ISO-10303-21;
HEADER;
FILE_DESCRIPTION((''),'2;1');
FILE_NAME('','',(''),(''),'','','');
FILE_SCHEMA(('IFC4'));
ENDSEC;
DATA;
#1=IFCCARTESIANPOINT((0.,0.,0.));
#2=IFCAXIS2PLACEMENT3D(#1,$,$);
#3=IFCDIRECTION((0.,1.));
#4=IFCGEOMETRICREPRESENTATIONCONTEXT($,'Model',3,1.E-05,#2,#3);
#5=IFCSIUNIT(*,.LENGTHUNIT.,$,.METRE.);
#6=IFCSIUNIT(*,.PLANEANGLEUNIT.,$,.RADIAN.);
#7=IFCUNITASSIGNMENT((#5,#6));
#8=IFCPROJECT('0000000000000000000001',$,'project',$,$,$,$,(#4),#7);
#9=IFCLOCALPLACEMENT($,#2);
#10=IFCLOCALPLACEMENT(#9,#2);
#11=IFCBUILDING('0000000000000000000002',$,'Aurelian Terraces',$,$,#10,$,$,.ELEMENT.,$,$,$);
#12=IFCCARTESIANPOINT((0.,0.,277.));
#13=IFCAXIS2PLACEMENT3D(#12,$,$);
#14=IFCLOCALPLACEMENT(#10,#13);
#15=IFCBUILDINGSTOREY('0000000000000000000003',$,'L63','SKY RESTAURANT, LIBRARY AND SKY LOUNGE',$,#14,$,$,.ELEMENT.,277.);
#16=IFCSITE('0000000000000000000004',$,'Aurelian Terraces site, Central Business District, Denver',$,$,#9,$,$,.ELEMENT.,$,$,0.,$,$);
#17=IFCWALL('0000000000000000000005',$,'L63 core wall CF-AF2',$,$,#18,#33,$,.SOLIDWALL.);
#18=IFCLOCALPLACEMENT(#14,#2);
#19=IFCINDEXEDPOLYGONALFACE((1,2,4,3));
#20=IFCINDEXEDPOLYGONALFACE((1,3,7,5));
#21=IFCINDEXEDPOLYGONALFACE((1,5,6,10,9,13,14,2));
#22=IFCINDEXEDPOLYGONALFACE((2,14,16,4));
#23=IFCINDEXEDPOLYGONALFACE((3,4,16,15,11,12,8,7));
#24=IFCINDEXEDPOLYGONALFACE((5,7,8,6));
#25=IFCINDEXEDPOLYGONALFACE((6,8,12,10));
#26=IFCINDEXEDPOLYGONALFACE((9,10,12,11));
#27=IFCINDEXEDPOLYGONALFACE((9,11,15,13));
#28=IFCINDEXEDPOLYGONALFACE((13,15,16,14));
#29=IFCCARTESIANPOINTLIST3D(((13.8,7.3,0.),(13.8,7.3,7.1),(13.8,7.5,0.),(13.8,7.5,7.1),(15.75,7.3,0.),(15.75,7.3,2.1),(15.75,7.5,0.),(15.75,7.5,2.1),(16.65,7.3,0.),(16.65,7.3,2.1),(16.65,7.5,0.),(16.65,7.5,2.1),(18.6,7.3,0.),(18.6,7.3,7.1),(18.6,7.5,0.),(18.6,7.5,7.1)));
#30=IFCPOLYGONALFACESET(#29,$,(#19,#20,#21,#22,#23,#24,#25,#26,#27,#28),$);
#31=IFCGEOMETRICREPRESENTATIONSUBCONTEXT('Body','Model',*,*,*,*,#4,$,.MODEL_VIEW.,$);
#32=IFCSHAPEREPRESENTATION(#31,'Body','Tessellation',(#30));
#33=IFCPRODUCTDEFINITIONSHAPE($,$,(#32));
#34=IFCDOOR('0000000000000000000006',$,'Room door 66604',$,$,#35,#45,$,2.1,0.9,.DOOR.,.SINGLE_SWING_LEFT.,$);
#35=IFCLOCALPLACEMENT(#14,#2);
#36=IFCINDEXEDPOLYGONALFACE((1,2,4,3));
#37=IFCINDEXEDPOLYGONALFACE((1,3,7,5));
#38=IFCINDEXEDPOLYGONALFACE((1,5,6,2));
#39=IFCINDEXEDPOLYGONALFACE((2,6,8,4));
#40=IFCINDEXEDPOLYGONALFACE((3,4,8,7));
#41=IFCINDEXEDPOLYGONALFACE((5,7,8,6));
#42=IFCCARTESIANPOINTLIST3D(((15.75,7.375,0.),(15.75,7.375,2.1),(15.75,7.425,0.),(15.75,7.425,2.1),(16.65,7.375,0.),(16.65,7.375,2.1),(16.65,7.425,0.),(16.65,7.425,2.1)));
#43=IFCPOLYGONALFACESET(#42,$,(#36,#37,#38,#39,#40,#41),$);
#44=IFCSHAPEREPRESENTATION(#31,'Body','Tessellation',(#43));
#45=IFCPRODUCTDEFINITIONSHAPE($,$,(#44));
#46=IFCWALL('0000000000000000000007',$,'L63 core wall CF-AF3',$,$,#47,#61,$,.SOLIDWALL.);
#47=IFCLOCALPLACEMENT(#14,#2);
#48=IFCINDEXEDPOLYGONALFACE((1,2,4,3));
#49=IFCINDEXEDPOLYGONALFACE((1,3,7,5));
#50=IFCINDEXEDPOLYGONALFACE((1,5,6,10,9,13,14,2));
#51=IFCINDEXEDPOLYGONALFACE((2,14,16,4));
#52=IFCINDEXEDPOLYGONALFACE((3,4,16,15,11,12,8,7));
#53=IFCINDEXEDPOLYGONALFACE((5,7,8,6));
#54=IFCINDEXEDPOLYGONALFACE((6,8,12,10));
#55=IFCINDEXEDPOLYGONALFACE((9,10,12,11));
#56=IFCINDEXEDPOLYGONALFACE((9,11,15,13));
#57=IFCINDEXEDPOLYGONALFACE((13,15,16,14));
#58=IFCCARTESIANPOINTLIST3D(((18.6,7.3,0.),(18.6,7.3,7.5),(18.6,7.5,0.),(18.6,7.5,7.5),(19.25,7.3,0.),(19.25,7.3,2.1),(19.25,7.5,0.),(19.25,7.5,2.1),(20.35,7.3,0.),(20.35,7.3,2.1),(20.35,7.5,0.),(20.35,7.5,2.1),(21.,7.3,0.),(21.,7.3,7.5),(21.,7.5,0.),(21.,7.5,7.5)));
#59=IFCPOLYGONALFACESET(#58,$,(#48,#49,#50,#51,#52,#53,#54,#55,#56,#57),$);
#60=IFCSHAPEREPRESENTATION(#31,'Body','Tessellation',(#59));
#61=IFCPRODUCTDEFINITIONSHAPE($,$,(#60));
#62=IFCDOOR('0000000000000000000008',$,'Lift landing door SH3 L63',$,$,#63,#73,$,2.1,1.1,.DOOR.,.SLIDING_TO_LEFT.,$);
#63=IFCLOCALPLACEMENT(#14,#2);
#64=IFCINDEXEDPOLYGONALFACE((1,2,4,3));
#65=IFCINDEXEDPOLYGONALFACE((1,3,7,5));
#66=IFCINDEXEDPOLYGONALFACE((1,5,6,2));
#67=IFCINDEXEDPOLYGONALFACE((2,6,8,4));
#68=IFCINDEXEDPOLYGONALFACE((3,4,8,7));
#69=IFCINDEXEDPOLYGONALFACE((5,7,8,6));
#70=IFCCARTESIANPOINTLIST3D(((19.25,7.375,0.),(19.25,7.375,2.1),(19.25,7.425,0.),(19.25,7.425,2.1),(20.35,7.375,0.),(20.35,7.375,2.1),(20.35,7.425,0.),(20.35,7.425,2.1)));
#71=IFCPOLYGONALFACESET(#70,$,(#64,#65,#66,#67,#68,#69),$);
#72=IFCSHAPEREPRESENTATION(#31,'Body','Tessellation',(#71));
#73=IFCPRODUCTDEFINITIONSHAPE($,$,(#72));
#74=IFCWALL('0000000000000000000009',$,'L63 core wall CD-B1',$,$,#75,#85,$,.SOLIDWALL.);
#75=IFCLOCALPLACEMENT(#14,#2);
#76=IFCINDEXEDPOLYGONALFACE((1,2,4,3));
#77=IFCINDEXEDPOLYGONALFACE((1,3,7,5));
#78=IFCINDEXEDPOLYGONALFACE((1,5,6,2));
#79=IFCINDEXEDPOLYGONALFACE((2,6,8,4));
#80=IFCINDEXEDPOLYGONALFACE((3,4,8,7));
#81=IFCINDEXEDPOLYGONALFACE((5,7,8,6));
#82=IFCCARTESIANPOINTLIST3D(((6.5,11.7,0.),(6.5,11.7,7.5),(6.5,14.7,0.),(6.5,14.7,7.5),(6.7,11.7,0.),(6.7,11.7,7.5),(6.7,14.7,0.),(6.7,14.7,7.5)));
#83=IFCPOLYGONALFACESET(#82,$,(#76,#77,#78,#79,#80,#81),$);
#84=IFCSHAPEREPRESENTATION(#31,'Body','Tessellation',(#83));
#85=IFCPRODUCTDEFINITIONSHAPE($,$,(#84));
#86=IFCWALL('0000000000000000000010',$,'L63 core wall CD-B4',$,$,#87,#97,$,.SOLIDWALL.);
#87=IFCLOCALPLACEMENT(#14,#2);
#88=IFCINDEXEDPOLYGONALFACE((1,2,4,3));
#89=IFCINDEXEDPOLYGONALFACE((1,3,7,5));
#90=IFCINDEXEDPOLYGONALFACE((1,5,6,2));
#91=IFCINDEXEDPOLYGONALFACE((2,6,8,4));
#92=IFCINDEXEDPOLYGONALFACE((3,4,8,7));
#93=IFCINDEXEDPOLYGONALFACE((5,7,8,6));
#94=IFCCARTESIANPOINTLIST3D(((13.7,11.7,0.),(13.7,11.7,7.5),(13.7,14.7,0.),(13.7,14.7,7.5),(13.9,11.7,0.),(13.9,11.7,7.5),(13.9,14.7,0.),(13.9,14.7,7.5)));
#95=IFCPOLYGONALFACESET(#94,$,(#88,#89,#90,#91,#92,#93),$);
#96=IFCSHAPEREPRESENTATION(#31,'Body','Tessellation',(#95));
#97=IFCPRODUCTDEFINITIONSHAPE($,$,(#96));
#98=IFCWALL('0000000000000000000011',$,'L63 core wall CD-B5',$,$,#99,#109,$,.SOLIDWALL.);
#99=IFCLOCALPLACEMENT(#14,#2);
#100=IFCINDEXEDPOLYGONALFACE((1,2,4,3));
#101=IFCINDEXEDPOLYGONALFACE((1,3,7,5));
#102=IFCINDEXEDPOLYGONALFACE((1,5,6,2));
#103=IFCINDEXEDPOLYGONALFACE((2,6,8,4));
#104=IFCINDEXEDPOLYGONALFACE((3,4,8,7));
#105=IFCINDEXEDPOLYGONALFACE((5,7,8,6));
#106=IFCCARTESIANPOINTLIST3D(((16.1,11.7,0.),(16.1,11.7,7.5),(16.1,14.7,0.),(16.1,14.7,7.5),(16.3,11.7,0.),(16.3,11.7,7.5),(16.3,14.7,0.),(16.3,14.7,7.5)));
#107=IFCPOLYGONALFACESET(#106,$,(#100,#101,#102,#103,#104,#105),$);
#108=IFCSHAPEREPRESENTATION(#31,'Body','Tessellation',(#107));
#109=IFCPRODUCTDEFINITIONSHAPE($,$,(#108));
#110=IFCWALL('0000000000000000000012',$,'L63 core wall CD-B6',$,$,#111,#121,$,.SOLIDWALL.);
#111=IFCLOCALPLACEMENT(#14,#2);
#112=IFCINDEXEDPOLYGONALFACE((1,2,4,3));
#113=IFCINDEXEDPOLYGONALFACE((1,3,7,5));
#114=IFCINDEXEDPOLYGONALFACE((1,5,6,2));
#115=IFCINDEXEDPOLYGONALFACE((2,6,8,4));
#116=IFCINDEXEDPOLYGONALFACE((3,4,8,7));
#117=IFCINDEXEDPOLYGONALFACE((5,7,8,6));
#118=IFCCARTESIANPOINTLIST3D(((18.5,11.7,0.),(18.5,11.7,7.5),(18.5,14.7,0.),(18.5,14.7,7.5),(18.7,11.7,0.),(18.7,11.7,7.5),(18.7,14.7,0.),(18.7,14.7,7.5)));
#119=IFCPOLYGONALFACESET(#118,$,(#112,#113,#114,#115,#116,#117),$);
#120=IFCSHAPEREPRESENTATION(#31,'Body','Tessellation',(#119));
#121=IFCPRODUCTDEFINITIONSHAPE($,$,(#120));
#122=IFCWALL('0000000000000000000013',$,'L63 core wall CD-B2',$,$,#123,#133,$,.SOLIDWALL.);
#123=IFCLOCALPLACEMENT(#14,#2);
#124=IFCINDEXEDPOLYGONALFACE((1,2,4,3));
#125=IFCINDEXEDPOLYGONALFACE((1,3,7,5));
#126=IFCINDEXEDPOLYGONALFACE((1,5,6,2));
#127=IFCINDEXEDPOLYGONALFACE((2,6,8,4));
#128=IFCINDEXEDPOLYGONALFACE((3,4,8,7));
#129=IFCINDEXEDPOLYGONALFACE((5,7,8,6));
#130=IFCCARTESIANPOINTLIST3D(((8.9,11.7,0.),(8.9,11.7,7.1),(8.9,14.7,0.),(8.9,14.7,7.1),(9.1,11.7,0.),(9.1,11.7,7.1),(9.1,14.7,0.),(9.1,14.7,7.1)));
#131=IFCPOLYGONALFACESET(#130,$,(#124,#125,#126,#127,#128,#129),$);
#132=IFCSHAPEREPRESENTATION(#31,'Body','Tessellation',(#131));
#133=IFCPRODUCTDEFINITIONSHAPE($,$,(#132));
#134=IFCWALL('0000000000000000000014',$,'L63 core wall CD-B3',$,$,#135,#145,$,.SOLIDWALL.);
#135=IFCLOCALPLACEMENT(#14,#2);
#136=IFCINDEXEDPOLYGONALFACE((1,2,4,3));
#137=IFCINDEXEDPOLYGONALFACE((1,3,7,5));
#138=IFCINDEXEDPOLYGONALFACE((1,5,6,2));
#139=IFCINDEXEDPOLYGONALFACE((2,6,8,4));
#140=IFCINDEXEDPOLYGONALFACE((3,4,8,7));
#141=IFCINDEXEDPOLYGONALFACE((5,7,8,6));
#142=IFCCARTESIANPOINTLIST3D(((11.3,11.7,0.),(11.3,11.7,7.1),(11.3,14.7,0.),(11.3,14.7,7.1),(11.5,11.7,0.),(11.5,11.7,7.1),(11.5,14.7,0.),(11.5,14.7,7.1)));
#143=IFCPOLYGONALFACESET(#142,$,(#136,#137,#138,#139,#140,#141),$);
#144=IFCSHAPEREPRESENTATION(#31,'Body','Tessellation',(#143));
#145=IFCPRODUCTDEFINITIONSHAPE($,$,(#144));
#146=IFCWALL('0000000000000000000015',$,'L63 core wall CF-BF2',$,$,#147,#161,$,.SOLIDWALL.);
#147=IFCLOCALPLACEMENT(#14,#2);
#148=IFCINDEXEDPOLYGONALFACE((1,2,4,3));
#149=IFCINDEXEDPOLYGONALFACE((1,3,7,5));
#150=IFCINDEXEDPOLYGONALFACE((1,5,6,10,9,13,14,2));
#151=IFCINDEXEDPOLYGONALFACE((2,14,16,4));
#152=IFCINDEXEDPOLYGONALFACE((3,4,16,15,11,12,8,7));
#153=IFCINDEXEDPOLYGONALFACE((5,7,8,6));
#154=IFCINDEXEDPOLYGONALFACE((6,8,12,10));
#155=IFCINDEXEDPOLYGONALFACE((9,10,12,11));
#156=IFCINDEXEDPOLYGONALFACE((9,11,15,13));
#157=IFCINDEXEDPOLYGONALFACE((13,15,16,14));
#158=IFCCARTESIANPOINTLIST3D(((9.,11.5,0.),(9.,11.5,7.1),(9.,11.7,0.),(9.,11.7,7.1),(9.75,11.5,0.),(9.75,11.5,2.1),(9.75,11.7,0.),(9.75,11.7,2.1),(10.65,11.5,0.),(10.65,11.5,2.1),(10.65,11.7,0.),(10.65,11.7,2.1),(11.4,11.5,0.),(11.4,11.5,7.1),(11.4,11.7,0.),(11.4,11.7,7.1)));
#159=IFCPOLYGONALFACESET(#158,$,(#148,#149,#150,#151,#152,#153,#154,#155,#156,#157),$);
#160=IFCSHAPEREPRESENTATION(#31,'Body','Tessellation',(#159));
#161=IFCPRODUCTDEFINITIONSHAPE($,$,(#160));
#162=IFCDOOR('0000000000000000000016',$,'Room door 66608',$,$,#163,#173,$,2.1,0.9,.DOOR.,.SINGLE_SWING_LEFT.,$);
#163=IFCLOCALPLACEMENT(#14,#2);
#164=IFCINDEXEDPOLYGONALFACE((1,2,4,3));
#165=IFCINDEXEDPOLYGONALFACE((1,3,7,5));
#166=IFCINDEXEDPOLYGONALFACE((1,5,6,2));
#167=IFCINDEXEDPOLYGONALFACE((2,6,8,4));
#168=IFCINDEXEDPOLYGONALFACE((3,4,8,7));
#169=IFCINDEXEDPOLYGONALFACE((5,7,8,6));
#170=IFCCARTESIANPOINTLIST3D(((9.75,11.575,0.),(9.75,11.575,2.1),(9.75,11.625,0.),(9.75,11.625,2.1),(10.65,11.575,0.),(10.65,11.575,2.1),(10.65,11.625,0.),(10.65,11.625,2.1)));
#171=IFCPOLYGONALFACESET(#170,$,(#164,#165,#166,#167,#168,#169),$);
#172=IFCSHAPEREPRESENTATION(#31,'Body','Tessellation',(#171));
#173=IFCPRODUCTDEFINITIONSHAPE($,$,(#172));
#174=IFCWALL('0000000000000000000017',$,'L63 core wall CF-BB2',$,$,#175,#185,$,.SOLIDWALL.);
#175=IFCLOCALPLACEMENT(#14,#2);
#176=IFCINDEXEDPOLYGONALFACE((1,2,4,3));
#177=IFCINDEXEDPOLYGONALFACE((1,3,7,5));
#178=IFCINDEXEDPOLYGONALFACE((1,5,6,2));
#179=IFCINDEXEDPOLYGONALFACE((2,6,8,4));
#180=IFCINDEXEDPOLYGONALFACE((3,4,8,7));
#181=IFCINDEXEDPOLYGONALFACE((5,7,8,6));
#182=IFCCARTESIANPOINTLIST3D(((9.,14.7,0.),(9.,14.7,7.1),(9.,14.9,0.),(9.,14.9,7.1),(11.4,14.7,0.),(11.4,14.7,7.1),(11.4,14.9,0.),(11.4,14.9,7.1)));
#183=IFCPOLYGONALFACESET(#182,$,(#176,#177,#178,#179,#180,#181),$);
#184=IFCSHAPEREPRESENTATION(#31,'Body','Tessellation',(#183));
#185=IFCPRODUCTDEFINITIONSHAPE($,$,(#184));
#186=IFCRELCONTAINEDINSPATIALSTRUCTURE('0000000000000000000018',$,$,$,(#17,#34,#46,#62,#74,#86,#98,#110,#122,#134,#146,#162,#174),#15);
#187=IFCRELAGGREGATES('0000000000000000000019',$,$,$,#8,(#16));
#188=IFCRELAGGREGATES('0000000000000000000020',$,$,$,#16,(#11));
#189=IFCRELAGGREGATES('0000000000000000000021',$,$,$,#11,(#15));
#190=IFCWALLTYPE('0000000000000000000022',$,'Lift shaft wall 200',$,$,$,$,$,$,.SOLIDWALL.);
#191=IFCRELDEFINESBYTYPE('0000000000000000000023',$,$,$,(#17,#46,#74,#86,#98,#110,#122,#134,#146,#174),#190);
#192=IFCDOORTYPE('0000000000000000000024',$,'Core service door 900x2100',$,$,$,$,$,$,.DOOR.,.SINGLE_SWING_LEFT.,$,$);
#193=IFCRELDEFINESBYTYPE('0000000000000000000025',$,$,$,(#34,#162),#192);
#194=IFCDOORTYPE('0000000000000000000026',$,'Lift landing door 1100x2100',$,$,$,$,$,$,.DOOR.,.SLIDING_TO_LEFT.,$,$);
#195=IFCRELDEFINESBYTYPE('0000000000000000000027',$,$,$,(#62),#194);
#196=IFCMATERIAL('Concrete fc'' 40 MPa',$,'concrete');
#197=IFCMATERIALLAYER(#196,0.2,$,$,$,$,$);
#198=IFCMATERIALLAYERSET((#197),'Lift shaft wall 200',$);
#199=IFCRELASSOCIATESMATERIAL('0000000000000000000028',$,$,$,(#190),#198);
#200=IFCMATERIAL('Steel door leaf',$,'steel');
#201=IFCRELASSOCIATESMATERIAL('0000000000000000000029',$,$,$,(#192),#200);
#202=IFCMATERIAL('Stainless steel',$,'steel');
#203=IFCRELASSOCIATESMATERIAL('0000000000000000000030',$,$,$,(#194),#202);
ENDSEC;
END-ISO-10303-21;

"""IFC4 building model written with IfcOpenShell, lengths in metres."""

from ifc_helpers import new_model, si_unit, direction, frame, frame_2d, origin, place, context, subcontext, project, spatial, rectangle, extrude, source, transform, mapped, material, layer, layer_set, type_object, element, fill, save


model = new_model("IFC4")

# Units and contexts
model_context = context("Model", 3, precision=1e-05, world=origin(), true_north=direction((0.0, 1.0)))
body_context = subcontext(model_context, "Body", "Model", "MODEL_VIEW")
ifc_project = project(units=[si_unit("LENGTHUNIT", "METRE"), si_unit("PLANEANGLEUNIT", "RADIAN")], contexts=[model_context])

# Site, building, storey
site_placement = place(None, origin())
site = spatial("IfcSite", under=ifc_project, at=site_placement, Name="Aurelian Terraces site, Central Business District, Denver", CompositionType="ELEMENT", RefElevation=0.0)
building_placement = place(site_placement, origin())
building = spatial("IfcBuilding", under=site, at=building_placement, Name="Aurelian Terraces", CompositionType="ELEMENT")
storey_placement = place(building_placement, frame((0.0, 0.0, 277.0)))
storey = spatial("IfcBuildingStorey", under=building, at=storey_placement, Name="L63", Description="SKY RESTAURANT, LIBRARY AND SKY LOUNGE", CompositionType="ELEMENT", Elevation=277.0)

# Walls, openings, doors
ifc_material_1 = material(Name="Concrete fc' 40 MPa", Category="concrete")
ifc_layer_1 = layer(ifc_material_1, 0.2)
ifc_layer_set_1 = layer_set([ifc_layer_1], Name="Lift shaft wall 200")
wall_type_1 = type_object("IfcWallType", Name="Lift shaft wall 200", PredefinedType="SOLIDWALL", material=ifc_layer_set_1)
wall_1_placement = place(storey_placement, frame((13.8, 7.4, 0.0), z_axis=(0.0, 0.0, 1.0), x_axis=(1.0, 0.0, 0.0)))
wall_1 = element("IfcWall", 1, at=wall_1_placement, inside=storey, type_object=wall_type_1, Name="L63 core wall CF-AF2", PredefinedType="SOLIDWALL", context=body_context, shape_type="SweptSolid", body=[
    extrude(rectangle(XDim=4.8, YDim=0.2, at=frame_2d((2.4, 0.0))), origin(), (0.0, 0.0, 1.0), 7.1),
])
shared_shape_1 = source(origin(), body_context, "Body", "SweptSolid", [
    extrude(rectangle(XDim=0.9, YDim=2.1, at=frame_2d((0.45, 1.05))), frame((0.0, 0.11, 0.0), z_axis=(0.0, -1.0, 0.0), x_axis=(1.0, 0.0, 0.0)), (0.0, 0.0, 1.0), 0.22),
])
opening_1_placement = place(wall_1_placement, frame((1.95, 0.0, 0.0)))
opening_1 = element("IfcOpeningElement", 2, at=opening_1_placement, cuts=wall_1, PredefinedType="OPENING", context=body_context, shape_type="MappedRepresentation", body=[
    mapped(shared_shape_1, transform((0.0, 0.0, 0.0), scale=1.0)),
])
ifc_material_2 = material(Name="Steel door leaf", Category="steel")
door_type_1 = type_object("IfcDoorType", Name="Core service door 900x2100", OperationType="SINGLE_SWING_LEFT", PredefinedType="DOOR", material=ifc_material_2)
shared_shape_2 = source(origin(), body_context, "Body", "SweptSolid", [
    extrude(rectangle(XDim=0.9, YDim=2.1, at=frame_2d((0.45, 1.05))), frame((0.0, 0.025, 0.0), z_axis=(0.0, -1.0, 0.0), x_axis=(1.0, 0.0, 0.0)), (0.0, 0.0, 1.0), 0.05),
])
door_1_placement = place(opening_1_placement, origin())
door_1 = element("IfcDoor", 3, at=door_1_placement, inside=storey, type_object=door_type_1, Name="Room door 66604", OperationType="SINGLE_SWING_LEFT", OverallHeight=2.1, OverallWidth=0.9, PredefinedType="DOOR", context=body_context, shape_type="MappedRepresentation", body=[
    mapped(shared_shape_2, transform((0.0, 0.0, 0.0), scale=1.0)),
])
fill(opening_1, door_1)
wall_2_placement = place(storey_placement, frame((18.6, 7.4, 0.0), z_axis=(0.0, 0.0, 1.0), x_axis=(1.0, 0.0, 0.0)))
wall_2 = element("IfcWall", 4, at=wall_2_placement, inside=storey, type_object=wall_type_1, Name="L63 core wall CF-AF3", PredefinedType="SOLIDWALL", context=body_context, shape_type="SweptSolid", body=[
    extrude(rectangle(XDim=2.4, YDim=0.2, at=frame_2d((1.2, 0.0))), origin(), (0.0, 0.0, 1.0), 7.5),
])
shared_shape_3 = source(origin(), body_context, "Body", "SweptSolid", [
    extrude(rectangle(XDim=1.1, YDim=2.1, at=frame_2d((0.55, 1.05))), frame((0.0, 0.11, 0.0), z_axis=(0.0, -1.0, 0.0), x_axis=(1.0, 0.0, 0.0)), (0.0, 0.0, 1.0), 0.22),
])
opening_2_placement = place(wall_2_placement, frame((0.65, 0.0, 0.0)))
opening_2 = element("IfcOpeningElement", 5, at=opening_2_placement, cuts=wall_2, PredefinedType="OPENING", context=body_context, shape_type="MappedRepresentation", body=[
    mapped(shared_shape_3, transform((0.0, 0.0, 0.0), scale=1.0)),
])
ifc_material_3 = material(Name="Stainless steel", Category="steel")
door_type_2 = type_object("IfcDoorType", Name="Lift landing door 1100x2100", OperationType="SLIDING_TO_LEFT", PredefinedType="DOOR", material=ifc_material_3)
shared_shape_4 = source(origin(), body_context, "Body", "SweptSolid", [
    extrude(rectangle(XDim=1.1, YDim=2.1, at=frame_2d((0.55, 1.05))), frame((0.0, 0.025, 0.0), z_axis=(0.0, -1.0, 0.0), x_axis=(1.0, 0.0, 0.0)), (0.0, 0.0, 1.0), 0.05),
])
door_2_placement = place(opening_2_placement, origin())
door_2 = element("IfcDoor", 6, at=door_2_placement, inside=storey, type_object=door_type_2, Name="Lift landing door SH3 L63", OperationType="SLIDING_TO_LEFT", OverallHeight=2.1, OverallWidth=1.1, PredefinedType="DOOR", context=body_context, shape_type="MappedRepresentation", body=[
    mapped(shared_shape_4, transform((0.0, 0.0, 0.0), scale=1.0)),
])
fill(opening_2, door_2)

# Walls
shared_shape_5 = source(origin(), body_context, "Body", "SweptSolid", [
    extrude(rectangle(XDim=3.0, YDim=0.2, at=frame_2d((1.5, 0.0))), origin(), (0.0, 0.0, 1.0), 7.5),
])
for number, where, z_axis, x_axis, name in (
    (7, (6.6, 11.7, 0.0), (0.0, 0.0, 1.0), (0.0, 1.0, 0.0), "L63 core wall CD-B1"),
    (8, (13.8, 11.7, 0.0), (0.0, 0.0, 1.0), (0.0, 1.0, 0.0), "L63 core wall CD-B4"),
    (9, (16.2, 11.7, 0.0), (0.0, 0.0, 1.0), (0.0, 1.0, 0.0), "L63 core wall CD-B5"),
    (10, (18.6, 11.7, 0.0), (0.0, 0.0, 1.0), (0.0, 1.0, 0.0), "L63 core wall CD-B6"),
):
    element("IfcWall", number, at=place(storey_placement, frame(where, z_axis=z_axis, x_axis=x_axis)), inside=storey, type_object=wall_type_1, Name=name, PredefinedType="SOLIDWALL", context=body_context, shape_type="MappedRepresentation", body=[
        mapped(shared_shape_5, transform((0.0, 0.0, 0.0), scale=1.0)),
    ])
shared_shape_6 = source(origin(), body_context, "Body", "SweptSolid", [
    extrude(rectangle(XDim=3.0, YDim=0.2, at=frame_2d((1.5, 0.0))), origin(), (0.0, 0.0, 1.0), 7.1),
])
for number, where, z_axis, x_axis, name in (
    (11, (9.0, 11.7, 0.0), (0.0, 0.0, 1.0), (0.0, 1.0, 0.0), "L63 core wall CD-B2"),
    (12, (11.4, 11.7, 0.0), (0.0, 0.0, 1.0), (0.0, 1.0, 0.0), "L63 core wall CD-B3"),
):
    element("IfcWall", number, at=place(storey_placement, frame(where, z_axis=z_axis, x_axis=x_axis)), inside=storey, type_object=wall_type_1, Name=name, PredefinedType="SOLIDWALL", context=body_context, shape_type="MappedRepresentation", body=[
        mapped(shared_shape_6, transform((0.0, 0.0, 0.0), scale=1.0)),
    ])

# Wall, opening, door
shared_shape_7 = source(origin(), body_context, "Body", "SweptSolid", [
    extrude(rectangle(XDim=2.4, YDim=0.2, at=frame_2d((1.2, 0.0))), origin(), (0.0, 0.0, 1.0), 7.1),
])
wall_3_placement = place(storey_placement, frame((9.0, 11.6, 0.0), z_axis=(0.0, 0.0, 1.0), x_axis=(1.0, 0.0, 0.0)))
wall_3 = element("IfcWall", 13, at=wall_3_placement, inside=storey, type_object=wall_type_1, Name="L63 core wall CF-BF2", PredefinedType="SOLIDWALL", context=body_context, shape_type="MappedRepresentation", body=[
    mapped(shared_shape_7, transform((0.0, 0.0, 0.0), scale=1.0)),
])
opening_3_placement = place(wall_3_placement, frame((0.75, 0.0, 0.0)))
opening_3 = element("IfcOpeningElement", 14, at=opening_3_placement, cuts=wall_3, PredefinedType="OPENING", context=body_context, shape_type="MappedRepresentation", body=[
    mapped(shared_shape_1, transform((0.0, 0.0, 0.0), scale=1.0)),
])
door_3_placement = place(opening_3_placement, origin())
door_3 = element("IfcDoor", 15, at=door_3_placement, inside=storey, type_object=door_type_1, Name="Room door 66608", OperationType="SINGLE_SWING_LEFT", OverallHeight=2.1, OverallWidth=0.9, PredefinedType="DOOR", context=body_context, shape_type="MappedRepresentation", body=[
    mapped(shared_shape_2, transform((0.0, 0.0, 0.0), scale=1.0)),
])
fill(opening_3, door_3)

# Wall
wall_4_placement = place(storey_placement, frame((9.0, 14.8, 0.0), z_axis=(0.0, 0.0, 1.0), x_axis=(1.0, 0.0, 0.0)))
element("IfcWall", 16, at=wall_4_placement, inside=storey, type_object=wall_type_1, Name="L63 core wall CF-BB2", PredefinedType="SOLIDWALL", context=body_context, shape_type="MappedRepresentation", body=[
    mapped(shared_shape_7, transform((0.0, 0.0, 0.0), scale=1.0)),
])

save(model, "model.ifc")
